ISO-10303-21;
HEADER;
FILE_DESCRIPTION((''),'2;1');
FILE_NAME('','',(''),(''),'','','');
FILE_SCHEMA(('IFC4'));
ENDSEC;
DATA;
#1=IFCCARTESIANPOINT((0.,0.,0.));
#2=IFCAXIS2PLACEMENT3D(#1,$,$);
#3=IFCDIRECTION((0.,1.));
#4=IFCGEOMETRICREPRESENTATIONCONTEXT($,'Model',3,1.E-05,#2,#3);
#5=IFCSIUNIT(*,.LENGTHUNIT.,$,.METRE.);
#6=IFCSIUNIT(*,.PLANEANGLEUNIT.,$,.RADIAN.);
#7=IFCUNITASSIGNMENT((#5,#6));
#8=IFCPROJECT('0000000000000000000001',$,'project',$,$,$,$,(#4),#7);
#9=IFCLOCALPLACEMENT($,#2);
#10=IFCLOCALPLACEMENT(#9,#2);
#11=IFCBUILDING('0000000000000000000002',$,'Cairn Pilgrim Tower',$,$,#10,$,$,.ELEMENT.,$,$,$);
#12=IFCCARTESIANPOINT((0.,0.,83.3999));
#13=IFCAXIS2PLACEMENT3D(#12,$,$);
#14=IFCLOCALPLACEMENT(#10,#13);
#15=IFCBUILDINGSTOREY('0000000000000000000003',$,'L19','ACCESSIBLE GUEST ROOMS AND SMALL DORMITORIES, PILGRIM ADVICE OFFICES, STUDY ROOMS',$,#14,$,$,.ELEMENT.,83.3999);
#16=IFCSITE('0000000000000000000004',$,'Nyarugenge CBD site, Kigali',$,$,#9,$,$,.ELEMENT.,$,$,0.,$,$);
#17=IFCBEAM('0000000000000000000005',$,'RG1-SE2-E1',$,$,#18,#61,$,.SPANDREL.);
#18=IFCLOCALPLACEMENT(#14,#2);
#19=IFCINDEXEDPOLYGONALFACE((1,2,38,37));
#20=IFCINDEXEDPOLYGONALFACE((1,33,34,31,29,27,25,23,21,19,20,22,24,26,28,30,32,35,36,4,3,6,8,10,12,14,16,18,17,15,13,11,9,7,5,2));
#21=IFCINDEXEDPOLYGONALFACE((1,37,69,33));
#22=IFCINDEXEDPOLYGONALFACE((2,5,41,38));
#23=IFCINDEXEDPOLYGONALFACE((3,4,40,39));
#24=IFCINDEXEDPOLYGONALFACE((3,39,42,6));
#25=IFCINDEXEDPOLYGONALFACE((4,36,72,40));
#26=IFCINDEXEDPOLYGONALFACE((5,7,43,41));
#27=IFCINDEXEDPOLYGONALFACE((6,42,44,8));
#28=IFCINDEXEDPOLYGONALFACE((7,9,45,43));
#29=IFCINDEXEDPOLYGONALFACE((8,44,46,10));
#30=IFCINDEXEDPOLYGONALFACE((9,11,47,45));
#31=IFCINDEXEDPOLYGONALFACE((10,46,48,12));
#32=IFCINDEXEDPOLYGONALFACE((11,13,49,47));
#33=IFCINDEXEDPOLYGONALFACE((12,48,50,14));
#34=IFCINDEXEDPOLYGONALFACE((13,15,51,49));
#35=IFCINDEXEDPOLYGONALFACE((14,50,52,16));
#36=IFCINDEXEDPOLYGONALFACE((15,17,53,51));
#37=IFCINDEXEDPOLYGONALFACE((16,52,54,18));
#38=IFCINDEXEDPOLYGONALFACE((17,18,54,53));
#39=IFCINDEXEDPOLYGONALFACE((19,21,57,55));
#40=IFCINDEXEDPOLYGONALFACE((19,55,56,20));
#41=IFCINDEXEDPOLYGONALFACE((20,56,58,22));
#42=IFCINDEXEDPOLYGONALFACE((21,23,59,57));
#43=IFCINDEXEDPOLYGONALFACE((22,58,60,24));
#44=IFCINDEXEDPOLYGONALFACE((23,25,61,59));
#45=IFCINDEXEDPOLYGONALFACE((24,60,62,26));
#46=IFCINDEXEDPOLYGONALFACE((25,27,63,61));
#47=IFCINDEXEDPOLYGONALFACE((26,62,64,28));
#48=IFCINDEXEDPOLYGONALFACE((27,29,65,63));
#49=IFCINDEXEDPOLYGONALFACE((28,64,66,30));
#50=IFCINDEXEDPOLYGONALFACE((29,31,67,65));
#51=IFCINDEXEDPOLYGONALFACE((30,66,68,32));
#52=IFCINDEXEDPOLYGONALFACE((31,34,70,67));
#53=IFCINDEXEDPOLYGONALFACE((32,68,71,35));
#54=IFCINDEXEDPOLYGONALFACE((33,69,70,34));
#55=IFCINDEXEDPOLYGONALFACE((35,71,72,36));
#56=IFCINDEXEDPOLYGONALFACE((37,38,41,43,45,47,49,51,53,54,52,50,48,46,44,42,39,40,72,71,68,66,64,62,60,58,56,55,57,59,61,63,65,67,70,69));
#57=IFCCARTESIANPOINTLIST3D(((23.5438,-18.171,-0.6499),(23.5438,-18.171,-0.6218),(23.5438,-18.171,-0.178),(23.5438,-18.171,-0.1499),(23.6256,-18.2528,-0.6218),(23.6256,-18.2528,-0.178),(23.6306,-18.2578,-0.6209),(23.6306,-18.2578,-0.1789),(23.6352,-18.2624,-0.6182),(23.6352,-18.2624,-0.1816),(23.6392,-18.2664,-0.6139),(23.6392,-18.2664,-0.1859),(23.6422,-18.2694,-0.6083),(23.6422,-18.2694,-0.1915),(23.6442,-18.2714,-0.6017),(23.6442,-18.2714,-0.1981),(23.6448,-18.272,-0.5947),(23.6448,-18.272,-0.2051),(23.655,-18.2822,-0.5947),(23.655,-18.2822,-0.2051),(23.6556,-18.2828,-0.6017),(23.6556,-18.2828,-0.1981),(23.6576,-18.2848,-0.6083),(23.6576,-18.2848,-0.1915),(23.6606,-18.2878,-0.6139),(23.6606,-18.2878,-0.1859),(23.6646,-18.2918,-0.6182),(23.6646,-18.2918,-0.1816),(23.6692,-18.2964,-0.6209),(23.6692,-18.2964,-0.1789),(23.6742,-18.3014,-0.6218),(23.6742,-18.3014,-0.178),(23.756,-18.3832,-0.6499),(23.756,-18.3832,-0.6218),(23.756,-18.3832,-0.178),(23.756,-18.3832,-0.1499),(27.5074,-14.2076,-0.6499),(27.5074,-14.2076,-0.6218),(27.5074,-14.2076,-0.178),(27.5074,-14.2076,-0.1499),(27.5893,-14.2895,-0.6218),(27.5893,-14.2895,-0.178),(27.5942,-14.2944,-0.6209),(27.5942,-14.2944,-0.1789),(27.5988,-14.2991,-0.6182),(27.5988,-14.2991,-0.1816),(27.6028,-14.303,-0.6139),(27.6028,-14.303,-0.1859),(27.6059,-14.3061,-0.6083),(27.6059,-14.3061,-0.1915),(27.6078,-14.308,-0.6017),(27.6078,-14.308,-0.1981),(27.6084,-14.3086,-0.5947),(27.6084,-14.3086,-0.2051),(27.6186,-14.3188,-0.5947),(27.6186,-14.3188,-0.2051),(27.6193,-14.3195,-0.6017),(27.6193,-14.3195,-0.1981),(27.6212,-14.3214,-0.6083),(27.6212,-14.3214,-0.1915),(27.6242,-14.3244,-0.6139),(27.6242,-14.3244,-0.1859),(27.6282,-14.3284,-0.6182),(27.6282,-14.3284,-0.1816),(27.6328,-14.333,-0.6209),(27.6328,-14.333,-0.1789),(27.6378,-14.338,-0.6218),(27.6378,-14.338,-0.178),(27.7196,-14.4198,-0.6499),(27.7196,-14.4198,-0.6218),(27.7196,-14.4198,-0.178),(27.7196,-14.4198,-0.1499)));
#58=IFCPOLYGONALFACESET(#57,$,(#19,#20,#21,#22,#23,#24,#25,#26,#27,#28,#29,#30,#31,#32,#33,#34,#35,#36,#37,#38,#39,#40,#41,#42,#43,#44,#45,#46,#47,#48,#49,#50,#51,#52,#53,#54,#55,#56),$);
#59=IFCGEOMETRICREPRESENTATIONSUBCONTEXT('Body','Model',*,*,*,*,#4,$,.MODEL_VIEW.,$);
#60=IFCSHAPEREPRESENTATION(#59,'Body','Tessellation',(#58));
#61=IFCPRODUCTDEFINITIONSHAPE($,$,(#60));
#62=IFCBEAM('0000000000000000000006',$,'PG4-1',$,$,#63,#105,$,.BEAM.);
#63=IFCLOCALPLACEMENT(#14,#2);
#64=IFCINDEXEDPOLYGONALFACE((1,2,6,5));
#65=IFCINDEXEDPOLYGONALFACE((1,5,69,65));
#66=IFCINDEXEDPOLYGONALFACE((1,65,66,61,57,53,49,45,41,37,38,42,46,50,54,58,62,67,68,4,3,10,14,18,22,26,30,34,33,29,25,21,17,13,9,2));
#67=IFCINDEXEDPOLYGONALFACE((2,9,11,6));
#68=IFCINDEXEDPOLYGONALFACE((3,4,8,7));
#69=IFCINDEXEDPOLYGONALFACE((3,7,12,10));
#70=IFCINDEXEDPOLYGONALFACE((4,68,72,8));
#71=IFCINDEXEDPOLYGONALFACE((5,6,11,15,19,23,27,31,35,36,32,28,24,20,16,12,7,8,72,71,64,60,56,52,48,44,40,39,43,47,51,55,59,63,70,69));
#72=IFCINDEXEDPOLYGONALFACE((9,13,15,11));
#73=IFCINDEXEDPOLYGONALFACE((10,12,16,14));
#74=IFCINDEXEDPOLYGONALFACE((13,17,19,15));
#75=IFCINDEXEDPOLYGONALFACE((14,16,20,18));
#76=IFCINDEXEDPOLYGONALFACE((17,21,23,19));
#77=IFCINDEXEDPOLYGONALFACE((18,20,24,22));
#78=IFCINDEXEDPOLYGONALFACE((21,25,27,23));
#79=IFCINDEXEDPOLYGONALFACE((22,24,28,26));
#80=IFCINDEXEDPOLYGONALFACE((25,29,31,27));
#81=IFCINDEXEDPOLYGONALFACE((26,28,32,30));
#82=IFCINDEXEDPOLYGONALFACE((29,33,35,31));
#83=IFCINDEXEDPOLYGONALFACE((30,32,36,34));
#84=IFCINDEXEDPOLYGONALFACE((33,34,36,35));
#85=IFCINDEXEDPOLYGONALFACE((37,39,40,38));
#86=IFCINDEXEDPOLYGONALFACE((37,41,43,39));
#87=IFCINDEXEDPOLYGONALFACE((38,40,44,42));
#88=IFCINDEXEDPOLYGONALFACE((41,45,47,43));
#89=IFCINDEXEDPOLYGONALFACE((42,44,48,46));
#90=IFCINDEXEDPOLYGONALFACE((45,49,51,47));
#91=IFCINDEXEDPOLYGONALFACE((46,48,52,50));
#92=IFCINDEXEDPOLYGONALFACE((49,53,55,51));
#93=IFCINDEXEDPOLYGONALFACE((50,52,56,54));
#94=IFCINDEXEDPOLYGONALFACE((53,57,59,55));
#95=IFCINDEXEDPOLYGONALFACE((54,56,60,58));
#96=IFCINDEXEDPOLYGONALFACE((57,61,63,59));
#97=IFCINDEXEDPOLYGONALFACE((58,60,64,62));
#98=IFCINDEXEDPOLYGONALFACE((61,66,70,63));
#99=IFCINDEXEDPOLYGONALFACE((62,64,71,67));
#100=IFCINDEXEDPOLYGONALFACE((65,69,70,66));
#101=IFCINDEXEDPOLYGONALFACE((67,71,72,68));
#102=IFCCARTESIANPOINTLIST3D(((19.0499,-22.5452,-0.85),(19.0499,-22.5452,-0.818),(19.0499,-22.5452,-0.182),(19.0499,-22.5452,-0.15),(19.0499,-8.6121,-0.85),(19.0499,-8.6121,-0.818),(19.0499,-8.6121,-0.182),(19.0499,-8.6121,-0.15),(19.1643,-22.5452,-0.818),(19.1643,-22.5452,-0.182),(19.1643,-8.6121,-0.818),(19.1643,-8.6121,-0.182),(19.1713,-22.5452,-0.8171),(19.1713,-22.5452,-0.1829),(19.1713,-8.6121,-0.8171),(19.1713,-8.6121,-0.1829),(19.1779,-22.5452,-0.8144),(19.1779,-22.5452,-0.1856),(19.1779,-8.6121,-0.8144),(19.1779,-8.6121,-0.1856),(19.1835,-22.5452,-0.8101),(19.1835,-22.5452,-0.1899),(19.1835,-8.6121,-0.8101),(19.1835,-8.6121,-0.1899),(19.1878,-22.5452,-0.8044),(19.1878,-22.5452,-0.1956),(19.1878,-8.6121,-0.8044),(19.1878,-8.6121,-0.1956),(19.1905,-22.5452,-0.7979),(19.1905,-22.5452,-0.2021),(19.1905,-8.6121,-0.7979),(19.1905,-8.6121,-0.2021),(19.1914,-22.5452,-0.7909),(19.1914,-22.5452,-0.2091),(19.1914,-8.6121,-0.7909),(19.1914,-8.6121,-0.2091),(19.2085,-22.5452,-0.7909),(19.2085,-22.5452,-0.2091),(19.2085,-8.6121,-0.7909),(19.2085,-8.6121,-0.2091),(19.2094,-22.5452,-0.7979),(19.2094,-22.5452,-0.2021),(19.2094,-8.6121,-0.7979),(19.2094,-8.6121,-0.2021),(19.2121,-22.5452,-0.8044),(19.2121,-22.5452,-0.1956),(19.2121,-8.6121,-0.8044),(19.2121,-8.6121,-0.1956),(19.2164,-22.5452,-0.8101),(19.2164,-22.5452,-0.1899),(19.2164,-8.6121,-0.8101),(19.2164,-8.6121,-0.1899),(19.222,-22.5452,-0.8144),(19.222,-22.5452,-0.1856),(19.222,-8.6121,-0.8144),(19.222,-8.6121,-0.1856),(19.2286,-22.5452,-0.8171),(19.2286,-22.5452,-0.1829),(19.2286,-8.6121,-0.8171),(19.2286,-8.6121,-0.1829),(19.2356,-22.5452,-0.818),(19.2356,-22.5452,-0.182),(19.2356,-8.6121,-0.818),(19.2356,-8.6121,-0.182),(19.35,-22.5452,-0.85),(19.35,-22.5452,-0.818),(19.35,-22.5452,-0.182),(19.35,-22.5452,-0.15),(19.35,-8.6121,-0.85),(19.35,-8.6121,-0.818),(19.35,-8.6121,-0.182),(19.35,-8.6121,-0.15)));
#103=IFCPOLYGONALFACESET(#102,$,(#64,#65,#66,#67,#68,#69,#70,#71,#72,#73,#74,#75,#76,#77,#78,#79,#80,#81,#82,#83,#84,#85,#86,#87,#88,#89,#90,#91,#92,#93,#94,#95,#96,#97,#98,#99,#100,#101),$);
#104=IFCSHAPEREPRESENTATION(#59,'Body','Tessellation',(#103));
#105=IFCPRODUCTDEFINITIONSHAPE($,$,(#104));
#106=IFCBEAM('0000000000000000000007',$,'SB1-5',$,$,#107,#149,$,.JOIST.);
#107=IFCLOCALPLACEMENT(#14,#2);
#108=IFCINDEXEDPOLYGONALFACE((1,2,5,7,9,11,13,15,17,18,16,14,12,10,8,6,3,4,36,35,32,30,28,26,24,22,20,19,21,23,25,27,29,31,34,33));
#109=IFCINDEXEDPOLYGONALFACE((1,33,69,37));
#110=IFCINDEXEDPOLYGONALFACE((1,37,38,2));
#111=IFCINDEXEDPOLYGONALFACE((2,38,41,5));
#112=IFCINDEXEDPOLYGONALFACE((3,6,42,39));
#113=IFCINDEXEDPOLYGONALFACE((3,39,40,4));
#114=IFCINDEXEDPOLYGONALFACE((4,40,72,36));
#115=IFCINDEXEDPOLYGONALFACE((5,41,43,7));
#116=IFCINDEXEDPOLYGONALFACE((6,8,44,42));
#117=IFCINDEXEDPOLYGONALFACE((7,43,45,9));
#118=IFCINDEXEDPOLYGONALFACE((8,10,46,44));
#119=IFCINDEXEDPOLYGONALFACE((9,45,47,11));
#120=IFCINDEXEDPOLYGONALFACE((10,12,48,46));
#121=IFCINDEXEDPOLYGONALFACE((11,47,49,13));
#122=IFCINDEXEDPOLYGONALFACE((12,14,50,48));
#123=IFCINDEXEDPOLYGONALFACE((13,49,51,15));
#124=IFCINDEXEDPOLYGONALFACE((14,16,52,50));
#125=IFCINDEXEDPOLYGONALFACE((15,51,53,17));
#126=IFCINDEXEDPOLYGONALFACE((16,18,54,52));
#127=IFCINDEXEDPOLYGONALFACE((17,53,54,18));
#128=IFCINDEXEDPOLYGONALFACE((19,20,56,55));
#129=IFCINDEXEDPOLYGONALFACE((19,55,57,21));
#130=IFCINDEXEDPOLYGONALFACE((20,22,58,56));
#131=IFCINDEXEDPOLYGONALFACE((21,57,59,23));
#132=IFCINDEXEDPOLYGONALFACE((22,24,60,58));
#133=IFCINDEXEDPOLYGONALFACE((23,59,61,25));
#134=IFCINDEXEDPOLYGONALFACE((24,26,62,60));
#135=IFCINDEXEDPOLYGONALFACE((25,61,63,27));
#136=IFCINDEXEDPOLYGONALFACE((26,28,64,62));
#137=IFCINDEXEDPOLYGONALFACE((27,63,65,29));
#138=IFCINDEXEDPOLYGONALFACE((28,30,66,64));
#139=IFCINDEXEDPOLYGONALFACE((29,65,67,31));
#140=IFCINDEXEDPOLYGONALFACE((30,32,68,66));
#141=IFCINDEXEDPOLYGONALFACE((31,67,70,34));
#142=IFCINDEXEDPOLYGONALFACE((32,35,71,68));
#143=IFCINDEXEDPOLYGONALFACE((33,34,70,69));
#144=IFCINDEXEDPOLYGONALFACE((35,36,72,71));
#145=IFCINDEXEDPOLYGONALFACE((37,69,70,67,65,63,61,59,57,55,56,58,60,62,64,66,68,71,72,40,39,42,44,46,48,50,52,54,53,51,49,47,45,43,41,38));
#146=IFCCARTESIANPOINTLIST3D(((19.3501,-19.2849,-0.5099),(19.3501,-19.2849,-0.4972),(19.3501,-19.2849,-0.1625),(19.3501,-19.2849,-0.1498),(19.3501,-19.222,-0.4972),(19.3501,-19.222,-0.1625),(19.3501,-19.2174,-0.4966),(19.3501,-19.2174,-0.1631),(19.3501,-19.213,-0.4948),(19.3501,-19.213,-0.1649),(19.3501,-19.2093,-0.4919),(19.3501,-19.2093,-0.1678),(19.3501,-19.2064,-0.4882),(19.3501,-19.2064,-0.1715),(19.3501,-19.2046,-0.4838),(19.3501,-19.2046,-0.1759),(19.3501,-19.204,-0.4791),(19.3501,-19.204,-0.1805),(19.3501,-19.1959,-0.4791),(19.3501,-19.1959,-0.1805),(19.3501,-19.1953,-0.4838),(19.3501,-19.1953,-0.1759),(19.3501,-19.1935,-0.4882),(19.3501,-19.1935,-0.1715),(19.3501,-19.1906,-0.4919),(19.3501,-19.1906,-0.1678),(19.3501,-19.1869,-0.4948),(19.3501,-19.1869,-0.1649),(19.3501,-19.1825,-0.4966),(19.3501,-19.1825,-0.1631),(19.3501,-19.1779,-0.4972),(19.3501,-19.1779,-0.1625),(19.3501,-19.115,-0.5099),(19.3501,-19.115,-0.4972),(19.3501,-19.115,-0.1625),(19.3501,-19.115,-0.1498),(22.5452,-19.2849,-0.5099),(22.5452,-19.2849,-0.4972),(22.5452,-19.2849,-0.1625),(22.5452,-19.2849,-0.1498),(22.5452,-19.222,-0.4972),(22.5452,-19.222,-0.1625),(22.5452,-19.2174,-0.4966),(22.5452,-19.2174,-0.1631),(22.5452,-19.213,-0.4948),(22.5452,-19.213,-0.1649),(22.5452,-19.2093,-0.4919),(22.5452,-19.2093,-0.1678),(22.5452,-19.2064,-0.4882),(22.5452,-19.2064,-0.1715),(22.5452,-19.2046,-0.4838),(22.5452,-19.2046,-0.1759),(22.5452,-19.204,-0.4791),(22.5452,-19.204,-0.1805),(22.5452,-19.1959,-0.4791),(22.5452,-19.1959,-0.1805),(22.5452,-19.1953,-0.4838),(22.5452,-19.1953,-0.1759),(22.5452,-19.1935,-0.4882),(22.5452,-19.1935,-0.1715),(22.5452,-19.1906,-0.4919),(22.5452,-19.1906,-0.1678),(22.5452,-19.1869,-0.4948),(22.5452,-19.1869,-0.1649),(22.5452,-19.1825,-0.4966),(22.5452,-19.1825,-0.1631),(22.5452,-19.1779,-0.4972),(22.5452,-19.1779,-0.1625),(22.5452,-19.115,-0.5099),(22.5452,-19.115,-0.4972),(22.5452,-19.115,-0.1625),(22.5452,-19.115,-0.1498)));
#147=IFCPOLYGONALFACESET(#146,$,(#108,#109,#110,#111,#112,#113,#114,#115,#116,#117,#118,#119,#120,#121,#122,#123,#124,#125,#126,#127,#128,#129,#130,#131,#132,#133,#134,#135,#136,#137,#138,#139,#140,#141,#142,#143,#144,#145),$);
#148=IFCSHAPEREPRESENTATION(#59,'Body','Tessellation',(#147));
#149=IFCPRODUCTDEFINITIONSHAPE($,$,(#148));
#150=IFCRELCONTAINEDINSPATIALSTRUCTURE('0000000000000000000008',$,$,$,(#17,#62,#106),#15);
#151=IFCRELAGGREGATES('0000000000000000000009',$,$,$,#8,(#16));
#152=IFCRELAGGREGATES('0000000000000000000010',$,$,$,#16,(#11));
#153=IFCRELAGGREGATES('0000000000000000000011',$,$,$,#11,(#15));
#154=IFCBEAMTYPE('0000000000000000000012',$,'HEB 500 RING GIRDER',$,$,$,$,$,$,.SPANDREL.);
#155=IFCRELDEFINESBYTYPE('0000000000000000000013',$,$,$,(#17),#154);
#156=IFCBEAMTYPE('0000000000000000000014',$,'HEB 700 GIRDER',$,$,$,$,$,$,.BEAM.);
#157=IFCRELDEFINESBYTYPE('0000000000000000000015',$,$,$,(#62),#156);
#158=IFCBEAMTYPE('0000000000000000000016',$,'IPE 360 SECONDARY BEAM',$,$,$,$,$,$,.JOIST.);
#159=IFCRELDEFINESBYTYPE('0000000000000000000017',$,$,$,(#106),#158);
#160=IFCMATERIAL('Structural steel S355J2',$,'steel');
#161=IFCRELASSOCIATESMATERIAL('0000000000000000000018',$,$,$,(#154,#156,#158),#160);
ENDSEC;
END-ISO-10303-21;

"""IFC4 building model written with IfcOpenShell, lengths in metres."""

from ifc_helpers import new_model, si_unit, direction, frame, origin, origin_2d, place, context, subcontext, project, spatial, i_section, extrude, material, material_profile, profile_set, type_object, element, save


model = new_model("IFC4")

# Units and contexts
model_context = context("Model", 3, precision=1e-05, world=origin(), true_north=direction((0.0, 1.0)))
body_context = subcontext(model_context, "Body", "Model", "MODEL_VIEW")
ifc_project = project(units=[si_unit("LENGTHUNIT", "METRE"), si_unit("PLANEANGLEUNIT", "RADIAN")], contexts=[model_context])

# Site, building, storey
site_placement = place(None, origin())
site = spatial("IfcSite", under=ifc_project, at=site_placement, Name="Nyarugenge CBD site, Kigali", CompositionType="ELEMENT", RefElevation=0.0)
building_placement = place(site_placement, origin())
building = spatial("IfcBuilding", under=site, at=building_placement, Name="Cairn Pilgrim Tower", CompositionType="ELEMENT")
storey_placement = place(building_placement, frame((0.0, 0.0, 83.3999)))
storey = spatial("IfcBuildingStorey", under=building, at=storey_placement, Name="L19", Description="ACCESSIBLE GUEST ROOMS AND SMALL DORMITORIES, PILGRIM ADVICE OFFICES, STUDY ROOMS", CompositionType="ELEMENT", Elevation=83.3999)

# Shared definitions
ifc_material_1 = material(Name="Structural steel S355J2", Category="steel")

# Beams
ifc_material_profile_1 = material_profile(ifc_material_1, i_section(OverallWidth=0.3, OverallDepth=0.5, WebThickness=0.0144, FlangeThickness=0.0281, FilletRadius=0.0271, at=origin_2d()), Name="HEB 500")
ifc_profile_set_1 = profile_set([ifc_material_profile_1], Name="Structural steel S355J2")
beam_type_1 = type_object("IfcBeamType", Name="HEB 500 RING GIRDER", PredefinedType="SPANDREL", material=ifc_profile_set_1)
beam_1_placement = place(storey_placement, frame((23.6499, -18.2771, -0.3999), z_axis=(0.707129, 0.707085, 0.0), x_axis=(-0.707085, 0.707129, 0.0)))
element("IfcBeam", 1, at=beam_1_placement, inside=storey, type_object=beam_type_1, Name="RG1-SE2-E1", PredefinedType="SPANDREL", context=body_context, shape_type="SweptSolid", body=[
    extrude(i_section(OverallWidth=0.3, OverallDepth=0.5, WebThickness=0.0144, FlangeThickness=0.0281, FilletRadius=0.0271, at=origin_2d()), origin(), (0.0, 0.0, 1.0), 5.6052),
])
ifc_material_profile_2 = material_profile(ifc_material_1, i_section(OverallWidth=0.3, OverallDepth=0.7, WebThickness=0.0171, FlangeThickness=0.032, FilletRadius=0.0271, at=origin_2d()), Name="HEB 700")
ifc_profile_set_2 = profile_set([ifc_material_profile_2], Name="Structural steel S355J2")
beam_type_2 = type_object("IfcBeamType", Name="HEB 700 GIRDER", PredefinedType="BEAM", material=ifc_profile_set_2)
beam_2_placement = place(storey_placement, frame((19.2, -22.5452, -0.5), z_axis=(0.0, 1.0, 0.0), x_axis=(-1.0, 0.0, 0.0)))
element("IfcBeam", 2, at=beam_2_placement, inside=storey, type_object=beam_type_2, Name="PG4-1", PredefinedType="BEAM", context=body_context, shape_type="SweptSolid", body=[
    extrude(i_section(OverallWidth=0.3, OverallDepth=0.7, WebThickness=0.0171, FlangeThickness=0.032, FilletRadius=0.0271, at=origin_2d()), origin(), (0.0, 0.0, 1.0), 13.9331),
])
ifc_material_profile_3 = material_profile(ifc_material_1, i_section(OverallWidth=0.1699, OverallDepth=0.3601, WebThickness=0.0081, FlangeThickness=0.0127, FilletRadius=0.0181, at=origin_2d()), Name="IPE 360")
ifc_profile_set_3 = profile_set([ifc_material_profile_3], Name="Structural steel S355J2")
beam_type_3 = type_object("IfcBeamType", Name="IPE 360 SECONDARY BEAM", PredefinedType="JOIST", material=ifc_profile_set_3)
beam_3_placement = place(storey_placement, frame((19.3501, -19.2, -0.3298), z_axis=(1.0, 0.0, 0.0), x_axis=(0.0, 1.0, 0.0)))
element("IfcBeam", 3, at=beam_3_placement, inside=storey, type_object=beam_type_3, Name="SB1-5", PredefinedType="JOIST", context=body_context, shape_type="SweptSolid", body=[
    extrude(i_section(OverallWidth=0.1699, OverallDepth=0.3601, WebThickness=0.0081, FlangeThickness=0.0127, FilletRadius=0.0181, at=origin_2d()), origin(), (0.0, 0.0, 1.0), 3.1951),
])

save(model, "model.ifc")
